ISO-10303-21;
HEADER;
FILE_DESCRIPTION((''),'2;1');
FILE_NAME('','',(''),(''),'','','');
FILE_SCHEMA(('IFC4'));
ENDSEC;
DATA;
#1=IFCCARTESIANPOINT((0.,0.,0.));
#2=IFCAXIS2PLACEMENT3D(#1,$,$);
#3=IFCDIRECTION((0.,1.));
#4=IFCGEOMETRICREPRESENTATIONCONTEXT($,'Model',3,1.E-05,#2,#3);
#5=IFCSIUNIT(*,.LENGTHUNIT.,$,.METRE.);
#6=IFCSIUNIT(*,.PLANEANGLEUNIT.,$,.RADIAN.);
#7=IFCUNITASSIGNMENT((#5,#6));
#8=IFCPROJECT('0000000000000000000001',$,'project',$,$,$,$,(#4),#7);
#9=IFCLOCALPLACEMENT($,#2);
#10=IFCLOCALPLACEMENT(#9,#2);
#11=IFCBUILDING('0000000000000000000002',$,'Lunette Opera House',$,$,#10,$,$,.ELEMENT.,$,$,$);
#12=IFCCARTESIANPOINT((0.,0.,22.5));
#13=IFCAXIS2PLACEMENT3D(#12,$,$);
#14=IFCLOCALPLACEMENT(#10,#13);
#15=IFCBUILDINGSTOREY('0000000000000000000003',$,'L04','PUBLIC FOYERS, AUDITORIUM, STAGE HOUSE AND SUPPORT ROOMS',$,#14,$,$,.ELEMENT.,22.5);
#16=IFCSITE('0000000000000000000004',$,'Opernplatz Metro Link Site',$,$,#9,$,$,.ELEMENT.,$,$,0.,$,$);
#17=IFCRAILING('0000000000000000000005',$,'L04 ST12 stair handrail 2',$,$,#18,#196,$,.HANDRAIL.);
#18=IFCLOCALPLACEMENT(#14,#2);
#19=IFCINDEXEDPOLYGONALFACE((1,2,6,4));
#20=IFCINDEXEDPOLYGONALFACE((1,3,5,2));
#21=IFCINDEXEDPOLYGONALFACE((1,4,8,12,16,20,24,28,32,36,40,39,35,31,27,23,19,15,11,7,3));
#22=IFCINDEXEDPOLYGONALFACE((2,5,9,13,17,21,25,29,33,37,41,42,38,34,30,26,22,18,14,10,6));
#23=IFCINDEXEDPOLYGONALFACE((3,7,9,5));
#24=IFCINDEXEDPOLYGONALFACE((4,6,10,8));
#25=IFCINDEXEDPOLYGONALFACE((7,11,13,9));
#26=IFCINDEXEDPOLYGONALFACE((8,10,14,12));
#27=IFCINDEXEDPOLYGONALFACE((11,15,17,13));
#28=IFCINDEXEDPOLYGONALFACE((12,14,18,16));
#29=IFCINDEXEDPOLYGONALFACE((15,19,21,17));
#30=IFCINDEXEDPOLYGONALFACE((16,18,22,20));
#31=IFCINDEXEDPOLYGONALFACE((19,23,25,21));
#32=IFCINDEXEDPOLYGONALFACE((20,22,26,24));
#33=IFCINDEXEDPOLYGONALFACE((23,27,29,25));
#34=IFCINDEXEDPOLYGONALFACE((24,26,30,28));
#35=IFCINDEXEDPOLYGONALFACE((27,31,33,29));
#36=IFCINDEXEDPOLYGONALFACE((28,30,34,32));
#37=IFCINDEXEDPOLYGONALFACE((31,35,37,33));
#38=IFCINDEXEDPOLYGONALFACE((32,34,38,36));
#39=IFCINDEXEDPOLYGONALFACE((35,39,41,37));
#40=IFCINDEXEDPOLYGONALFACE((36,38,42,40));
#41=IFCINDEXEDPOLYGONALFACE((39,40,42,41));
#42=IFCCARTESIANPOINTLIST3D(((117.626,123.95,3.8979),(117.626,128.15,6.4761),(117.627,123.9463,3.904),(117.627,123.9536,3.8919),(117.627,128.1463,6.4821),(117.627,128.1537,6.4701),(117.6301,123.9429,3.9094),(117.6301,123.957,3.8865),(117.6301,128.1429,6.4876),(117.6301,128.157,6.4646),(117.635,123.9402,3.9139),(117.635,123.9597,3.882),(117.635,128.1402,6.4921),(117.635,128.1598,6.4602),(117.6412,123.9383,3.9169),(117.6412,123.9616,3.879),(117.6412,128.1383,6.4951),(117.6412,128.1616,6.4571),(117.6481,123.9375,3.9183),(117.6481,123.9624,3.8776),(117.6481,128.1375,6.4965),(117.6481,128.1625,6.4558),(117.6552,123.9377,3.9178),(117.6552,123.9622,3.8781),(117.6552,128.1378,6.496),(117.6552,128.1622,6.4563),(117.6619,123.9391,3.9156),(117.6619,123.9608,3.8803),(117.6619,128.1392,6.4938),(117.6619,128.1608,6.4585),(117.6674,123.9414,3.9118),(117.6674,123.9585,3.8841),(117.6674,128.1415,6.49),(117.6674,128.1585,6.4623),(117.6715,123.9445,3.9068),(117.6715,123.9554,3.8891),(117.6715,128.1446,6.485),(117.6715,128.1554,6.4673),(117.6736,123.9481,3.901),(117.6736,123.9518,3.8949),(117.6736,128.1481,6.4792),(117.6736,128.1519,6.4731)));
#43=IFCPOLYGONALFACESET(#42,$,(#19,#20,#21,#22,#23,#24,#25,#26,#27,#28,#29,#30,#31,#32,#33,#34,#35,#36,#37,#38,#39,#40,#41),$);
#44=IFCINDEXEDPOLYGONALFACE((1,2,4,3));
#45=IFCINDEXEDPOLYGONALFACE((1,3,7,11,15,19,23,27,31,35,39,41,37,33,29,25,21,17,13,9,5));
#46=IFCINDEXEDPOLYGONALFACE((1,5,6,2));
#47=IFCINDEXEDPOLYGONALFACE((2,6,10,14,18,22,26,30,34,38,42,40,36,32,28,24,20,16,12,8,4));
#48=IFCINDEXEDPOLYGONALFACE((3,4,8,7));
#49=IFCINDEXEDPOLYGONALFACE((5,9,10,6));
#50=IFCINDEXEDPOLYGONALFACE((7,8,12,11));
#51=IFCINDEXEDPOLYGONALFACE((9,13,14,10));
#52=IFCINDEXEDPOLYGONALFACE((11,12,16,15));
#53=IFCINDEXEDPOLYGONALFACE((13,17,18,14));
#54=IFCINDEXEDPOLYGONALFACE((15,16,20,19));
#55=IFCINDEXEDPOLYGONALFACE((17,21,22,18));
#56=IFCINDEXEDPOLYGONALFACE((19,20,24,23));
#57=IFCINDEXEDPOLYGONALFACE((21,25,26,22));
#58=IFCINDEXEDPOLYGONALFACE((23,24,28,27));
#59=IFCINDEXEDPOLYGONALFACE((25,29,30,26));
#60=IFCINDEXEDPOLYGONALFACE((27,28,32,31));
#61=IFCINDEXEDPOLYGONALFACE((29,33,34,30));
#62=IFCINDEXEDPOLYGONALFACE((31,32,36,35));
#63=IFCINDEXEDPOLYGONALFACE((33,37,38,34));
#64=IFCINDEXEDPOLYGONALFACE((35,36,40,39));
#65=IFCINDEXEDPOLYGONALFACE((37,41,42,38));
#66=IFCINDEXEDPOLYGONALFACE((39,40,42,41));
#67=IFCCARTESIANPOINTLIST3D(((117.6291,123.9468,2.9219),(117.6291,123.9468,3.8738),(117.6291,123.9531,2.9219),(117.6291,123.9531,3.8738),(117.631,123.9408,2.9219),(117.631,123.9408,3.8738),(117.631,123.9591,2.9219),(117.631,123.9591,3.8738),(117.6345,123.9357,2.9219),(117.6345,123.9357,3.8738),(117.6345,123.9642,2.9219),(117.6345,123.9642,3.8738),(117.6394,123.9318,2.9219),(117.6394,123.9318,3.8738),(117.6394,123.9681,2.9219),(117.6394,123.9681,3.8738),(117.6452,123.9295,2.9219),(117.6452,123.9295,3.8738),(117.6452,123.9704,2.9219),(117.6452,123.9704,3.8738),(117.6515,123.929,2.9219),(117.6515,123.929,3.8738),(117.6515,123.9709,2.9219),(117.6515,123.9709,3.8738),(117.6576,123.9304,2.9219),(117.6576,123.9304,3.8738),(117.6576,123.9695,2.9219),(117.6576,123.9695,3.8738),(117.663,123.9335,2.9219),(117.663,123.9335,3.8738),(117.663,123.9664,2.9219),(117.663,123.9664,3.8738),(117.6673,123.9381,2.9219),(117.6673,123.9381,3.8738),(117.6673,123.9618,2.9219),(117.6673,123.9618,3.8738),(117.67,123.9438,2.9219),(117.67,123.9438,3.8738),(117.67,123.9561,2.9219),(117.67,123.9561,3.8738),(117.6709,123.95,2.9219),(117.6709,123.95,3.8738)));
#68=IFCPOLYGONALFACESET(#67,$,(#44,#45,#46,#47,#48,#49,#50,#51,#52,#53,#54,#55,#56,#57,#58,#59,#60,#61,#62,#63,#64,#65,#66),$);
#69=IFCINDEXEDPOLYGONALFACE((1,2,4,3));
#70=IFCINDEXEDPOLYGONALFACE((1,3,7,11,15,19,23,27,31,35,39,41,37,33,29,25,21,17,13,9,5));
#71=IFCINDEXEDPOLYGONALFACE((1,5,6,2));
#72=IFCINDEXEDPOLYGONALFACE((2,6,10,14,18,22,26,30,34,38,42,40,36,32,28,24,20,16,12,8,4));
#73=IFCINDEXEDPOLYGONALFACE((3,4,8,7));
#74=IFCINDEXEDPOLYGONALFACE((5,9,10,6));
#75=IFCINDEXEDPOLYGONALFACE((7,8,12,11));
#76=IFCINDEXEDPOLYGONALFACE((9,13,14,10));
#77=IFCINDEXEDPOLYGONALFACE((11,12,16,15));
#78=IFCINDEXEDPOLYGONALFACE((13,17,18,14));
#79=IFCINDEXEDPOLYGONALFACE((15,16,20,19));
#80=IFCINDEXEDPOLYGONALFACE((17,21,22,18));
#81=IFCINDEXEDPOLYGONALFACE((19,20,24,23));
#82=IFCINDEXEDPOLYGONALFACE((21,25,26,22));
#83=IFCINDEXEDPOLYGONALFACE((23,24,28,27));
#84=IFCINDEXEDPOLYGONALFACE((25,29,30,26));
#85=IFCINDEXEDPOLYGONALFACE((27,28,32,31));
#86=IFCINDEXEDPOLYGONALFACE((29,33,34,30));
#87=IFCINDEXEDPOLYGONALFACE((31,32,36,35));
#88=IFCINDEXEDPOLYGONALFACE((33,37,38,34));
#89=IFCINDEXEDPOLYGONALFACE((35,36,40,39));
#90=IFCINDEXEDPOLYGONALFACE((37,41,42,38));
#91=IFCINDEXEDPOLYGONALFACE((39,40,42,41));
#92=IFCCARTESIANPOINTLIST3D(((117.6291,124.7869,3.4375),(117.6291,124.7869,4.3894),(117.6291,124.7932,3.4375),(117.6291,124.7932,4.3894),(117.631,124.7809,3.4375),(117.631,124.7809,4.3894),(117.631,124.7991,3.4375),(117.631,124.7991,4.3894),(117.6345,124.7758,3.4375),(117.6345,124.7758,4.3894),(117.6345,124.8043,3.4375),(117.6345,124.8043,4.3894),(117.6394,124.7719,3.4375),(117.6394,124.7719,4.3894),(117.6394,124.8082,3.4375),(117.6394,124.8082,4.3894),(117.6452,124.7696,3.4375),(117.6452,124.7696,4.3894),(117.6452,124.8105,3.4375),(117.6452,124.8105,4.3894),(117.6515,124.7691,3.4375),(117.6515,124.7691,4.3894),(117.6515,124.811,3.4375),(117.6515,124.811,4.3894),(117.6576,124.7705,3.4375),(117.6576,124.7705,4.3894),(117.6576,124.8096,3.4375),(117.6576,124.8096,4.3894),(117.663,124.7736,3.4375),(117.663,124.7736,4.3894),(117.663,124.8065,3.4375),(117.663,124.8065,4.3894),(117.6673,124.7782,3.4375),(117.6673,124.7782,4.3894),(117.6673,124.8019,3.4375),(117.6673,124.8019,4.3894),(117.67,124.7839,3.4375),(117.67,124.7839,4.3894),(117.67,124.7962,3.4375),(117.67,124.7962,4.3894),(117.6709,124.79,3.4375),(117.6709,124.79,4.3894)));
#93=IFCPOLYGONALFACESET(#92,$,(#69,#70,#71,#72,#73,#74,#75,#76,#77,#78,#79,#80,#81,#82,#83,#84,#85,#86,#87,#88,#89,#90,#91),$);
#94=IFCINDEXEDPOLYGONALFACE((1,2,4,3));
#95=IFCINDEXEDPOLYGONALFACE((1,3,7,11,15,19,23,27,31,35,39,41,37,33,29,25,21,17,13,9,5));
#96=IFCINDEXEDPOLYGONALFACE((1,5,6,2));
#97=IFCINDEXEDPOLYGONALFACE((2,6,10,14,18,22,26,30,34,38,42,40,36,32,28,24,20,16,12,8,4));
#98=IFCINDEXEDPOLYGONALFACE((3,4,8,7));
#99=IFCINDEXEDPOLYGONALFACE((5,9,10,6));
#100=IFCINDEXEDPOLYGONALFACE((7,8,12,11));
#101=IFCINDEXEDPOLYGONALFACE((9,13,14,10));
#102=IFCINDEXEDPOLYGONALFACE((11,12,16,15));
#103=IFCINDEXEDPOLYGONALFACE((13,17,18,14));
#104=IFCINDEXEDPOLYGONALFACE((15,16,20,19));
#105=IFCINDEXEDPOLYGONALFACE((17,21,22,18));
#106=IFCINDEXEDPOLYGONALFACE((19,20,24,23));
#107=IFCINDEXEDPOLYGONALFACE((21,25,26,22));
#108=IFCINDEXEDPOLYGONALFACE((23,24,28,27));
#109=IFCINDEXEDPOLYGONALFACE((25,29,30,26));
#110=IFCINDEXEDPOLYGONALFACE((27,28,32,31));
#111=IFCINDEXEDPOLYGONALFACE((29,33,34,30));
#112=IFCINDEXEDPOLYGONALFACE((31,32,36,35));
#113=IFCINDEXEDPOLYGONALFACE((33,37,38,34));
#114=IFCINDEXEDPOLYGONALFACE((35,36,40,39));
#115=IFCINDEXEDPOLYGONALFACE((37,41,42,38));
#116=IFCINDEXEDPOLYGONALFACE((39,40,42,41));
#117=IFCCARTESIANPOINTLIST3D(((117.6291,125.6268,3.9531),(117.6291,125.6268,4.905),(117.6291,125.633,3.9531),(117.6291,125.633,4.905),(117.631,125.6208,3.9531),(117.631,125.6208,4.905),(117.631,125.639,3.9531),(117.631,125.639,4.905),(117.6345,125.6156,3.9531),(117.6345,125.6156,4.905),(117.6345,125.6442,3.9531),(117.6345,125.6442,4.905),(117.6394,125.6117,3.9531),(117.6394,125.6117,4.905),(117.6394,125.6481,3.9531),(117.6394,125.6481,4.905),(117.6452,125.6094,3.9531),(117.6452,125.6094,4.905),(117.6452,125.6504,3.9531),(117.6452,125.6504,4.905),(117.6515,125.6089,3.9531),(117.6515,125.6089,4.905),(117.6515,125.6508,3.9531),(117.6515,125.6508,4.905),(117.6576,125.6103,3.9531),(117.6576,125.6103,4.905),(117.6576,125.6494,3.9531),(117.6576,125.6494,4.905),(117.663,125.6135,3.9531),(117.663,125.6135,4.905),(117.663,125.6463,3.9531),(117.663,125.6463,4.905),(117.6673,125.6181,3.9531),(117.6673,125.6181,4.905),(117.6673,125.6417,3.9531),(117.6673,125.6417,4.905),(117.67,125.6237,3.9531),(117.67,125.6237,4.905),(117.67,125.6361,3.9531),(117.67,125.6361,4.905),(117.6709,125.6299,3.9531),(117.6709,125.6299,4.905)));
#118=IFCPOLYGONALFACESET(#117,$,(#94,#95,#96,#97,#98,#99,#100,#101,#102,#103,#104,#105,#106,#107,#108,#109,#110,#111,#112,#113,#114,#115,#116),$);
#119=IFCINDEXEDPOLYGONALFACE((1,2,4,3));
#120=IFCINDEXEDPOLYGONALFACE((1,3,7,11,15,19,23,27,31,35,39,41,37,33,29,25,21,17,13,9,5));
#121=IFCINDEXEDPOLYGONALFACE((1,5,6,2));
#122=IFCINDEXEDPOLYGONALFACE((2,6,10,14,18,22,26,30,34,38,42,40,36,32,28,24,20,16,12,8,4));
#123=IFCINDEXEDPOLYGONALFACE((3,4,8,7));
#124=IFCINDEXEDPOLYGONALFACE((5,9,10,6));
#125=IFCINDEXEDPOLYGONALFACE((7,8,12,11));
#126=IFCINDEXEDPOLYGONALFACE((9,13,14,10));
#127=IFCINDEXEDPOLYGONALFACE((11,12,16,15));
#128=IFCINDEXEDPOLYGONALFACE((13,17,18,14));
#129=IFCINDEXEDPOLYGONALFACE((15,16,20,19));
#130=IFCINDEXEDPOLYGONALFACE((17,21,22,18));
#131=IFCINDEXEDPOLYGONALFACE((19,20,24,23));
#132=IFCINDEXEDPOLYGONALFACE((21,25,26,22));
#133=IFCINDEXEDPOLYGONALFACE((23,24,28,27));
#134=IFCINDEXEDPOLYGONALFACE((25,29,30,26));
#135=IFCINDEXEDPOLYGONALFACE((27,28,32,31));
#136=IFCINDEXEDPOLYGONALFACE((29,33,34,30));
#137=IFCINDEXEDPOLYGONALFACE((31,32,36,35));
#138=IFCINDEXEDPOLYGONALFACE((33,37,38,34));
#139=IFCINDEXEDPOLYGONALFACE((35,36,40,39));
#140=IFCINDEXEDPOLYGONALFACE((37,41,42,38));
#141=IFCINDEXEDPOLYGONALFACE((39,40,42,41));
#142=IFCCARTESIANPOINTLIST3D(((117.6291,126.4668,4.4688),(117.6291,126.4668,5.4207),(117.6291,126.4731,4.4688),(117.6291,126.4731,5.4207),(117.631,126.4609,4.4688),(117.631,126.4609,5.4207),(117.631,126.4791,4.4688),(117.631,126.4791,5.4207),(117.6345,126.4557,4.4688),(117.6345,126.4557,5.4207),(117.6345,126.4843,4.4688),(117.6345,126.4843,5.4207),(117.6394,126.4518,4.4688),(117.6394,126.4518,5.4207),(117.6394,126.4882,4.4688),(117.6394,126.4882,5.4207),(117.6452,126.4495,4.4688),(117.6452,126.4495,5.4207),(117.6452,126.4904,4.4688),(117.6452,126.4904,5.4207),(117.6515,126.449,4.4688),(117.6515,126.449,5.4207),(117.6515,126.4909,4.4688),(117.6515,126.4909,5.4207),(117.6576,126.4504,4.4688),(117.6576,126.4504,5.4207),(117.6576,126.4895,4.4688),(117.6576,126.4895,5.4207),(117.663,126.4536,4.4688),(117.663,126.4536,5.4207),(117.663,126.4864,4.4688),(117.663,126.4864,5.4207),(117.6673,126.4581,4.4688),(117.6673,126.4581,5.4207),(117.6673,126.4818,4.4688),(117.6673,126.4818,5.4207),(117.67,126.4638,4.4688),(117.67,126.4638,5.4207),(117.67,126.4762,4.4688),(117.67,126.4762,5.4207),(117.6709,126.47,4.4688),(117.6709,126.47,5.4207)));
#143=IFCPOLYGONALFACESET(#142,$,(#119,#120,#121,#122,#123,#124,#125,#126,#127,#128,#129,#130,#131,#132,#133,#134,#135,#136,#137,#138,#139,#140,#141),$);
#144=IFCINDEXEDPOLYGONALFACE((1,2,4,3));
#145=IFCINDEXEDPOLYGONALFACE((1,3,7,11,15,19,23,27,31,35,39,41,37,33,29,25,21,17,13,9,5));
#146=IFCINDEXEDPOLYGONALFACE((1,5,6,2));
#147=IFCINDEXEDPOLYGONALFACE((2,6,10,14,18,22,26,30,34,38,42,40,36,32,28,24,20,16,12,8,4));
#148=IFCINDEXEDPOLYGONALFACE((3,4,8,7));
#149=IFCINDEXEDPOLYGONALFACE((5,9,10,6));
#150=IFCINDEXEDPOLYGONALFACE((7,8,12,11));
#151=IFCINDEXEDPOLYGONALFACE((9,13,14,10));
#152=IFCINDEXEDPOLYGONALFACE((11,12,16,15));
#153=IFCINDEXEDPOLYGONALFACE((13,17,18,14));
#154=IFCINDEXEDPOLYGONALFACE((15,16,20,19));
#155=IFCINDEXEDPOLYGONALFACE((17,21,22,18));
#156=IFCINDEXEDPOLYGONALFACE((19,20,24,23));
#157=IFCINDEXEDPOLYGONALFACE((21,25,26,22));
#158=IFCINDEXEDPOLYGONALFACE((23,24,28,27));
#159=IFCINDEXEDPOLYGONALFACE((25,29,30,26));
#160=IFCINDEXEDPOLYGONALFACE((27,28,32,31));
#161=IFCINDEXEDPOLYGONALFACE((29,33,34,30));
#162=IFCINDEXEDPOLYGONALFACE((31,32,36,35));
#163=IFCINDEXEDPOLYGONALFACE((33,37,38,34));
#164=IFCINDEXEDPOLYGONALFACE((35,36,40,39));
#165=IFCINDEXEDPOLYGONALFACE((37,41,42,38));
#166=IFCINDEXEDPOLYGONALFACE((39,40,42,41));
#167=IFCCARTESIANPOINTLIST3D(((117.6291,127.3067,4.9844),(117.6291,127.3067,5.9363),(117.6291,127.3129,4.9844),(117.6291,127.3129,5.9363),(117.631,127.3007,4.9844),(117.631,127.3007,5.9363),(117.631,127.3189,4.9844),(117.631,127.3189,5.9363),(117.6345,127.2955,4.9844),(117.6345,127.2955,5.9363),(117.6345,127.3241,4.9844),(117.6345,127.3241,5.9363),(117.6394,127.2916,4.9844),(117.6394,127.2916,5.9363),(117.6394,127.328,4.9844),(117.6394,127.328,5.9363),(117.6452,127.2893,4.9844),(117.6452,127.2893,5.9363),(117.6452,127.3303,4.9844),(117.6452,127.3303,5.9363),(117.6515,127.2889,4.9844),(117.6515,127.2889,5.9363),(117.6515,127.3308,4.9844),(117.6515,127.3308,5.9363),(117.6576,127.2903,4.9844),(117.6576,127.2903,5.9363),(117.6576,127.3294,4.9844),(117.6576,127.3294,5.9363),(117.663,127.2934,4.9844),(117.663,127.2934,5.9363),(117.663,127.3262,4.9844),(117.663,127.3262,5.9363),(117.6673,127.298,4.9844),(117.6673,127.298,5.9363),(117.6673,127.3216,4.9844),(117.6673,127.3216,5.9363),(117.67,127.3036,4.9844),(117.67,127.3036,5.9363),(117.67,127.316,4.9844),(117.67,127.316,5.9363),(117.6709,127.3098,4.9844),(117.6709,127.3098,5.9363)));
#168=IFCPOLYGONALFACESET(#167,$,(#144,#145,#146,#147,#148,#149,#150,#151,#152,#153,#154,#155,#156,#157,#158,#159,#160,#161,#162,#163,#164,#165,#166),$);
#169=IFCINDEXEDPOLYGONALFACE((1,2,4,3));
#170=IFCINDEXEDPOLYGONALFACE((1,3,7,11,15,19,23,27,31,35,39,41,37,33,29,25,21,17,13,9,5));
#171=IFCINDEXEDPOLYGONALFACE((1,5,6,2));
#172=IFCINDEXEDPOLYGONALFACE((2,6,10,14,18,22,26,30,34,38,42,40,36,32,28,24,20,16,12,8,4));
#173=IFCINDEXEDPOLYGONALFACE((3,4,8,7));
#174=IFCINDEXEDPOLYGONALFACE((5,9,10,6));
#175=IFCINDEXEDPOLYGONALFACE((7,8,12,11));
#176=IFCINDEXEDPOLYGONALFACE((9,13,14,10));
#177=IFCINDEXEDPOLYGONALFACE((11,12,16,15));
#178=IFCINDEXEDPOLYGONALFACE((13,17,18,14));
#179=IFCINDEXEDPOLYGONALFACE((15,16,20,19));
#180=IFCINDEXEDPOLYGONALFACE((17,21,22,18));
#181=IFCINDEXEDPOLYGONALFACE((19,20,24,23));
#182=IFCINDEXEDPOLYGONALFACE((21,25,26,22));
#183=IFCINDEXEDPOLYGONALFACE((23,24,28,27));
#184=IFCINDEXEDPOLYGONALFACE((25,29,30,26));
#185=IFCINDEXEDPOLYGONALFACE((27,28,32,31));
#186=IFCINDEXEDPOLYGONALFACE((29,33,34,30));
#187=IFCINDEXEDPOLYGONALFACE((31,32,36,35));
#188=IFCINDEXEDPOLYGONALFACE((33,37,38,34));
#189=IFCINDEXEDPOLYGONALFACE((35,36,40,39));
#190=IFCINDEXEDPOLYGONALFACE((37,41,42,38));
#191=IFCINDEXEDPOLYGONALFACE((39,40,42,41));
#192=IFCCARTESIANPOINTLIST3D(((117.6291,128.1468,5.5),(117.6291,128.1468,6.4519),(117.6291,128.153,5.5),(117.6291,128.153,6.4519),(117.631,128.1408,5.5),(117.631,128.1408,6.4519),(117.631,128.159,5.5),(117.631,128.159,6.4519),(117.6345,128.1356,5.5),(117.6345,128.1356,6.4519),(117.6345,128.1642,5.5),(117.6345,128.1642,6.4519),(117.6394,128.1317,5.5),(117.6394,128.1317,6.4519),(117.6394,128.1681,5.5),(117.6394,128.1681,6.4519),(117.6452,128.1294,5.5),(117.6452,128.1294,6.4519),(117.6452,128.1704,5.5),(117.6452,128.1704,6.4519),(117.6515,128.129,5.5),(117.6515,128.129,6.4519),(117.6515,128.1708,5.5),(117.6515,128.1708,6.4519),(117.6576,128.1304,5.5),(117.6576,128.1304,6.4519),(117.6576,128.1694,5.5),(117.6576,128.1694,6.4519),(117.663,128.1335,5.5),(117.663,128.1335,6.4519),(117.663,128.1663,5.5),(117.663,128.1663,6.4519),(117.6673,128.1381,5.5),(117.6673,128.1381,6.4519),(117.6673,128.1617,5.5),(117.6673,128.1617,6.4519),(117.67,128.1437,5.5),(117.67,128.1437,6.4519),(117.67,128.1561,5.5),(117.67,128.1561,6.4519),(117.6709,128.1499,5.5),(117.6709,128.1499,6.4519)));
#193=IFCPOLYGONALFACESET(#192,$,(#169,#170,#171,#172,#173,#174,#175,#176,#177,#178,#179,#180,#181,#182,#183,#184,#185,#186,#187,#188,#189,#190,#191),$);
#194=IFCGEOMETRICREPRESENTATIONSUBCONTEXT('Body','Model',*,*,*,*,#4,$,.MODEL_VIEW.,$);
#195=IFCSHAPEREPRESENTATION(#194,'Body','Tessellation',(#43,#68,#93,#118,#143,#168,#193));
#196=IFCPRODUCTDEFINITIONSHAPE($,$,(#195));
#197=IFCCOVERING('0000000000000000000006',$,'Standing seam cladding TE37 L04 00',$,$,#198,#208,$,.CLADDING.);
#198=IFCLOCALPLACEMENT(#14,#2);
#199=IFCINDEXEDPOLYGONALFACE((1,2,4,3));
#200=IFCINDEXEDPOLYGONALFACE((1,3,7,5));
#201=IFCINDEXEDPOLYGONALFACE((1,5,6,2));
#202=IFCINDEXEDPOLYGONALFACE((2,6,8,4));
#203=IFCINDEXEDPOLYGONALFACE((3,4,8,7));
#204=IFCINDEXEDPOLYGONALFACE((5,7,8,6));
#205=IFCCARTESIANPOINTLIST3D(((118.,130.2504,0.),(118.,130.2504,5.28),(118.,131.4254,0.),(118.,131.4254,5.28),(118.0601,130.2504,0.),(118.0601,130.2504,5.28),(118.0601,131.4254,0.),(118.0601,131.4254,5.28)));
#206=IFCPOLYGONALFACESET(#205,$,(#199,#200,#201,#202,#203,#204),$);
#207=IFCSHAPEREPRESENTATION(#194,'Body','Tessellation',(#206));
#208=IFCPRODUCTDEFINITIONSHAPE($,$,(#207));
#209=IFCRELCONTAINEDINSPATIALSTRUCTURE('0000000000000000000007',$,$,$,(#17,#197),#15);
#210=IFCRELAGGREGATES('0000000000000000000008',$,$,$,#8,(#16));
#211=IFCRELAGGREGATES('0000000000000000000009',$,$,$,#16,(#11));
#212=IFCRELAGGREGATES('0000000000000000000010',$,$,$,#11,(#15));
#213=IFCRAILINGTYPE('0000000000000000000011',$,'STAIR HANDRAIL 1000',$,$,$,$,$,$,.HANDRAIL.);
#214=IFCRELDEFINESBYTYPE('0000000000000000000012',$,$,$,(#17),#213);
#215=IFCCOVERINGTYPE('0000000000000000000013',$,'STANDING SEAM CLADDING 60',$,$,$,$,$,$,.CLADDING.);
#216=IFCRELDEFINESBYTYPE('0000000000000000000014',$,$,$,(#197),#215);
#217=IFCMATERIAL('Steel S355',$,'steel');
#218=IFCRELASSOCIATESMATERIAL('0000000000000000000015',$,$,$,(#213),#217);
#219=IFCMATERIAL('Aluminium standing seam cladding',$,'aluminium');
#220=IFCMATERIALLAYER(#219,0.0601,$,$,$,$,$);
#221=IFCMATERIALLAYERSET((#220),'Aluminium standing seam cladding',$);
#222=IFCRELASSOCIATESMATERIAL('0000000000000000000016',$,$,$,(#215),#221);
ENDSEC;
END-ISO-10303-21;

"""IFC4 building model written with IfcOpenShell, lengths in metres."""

from ifc_helpers import new_model, si_unit, direction, frame, origin, origin_2d, place, context, subcontext, project, spatial, rectangle, circle, extrude, material, layer, layer_set, type_object, element, save


model = new_model("IFC4")

# Units and contexts
model_context = context("Model", 3, precision=1e-05, world=origin(), true_north=direction((0.0, 1.0)))
body_context = subcontext(model_context, "Body", "Model", "MODEL_VIEW")
ifc_project = project(units=[si_unit("LENGTHUNIT", "METRE"), si_unit("PLANEANGLEUNIT", "RADIAN")], contexts=[model_context])

# Site, building, storey
site_placement = place(None, origin())
site = spatial("IfcSite", under=ifc_project, at=site_placement, Name="Opernplatz Metro Link Site", CompositionType="ELEMENT", RefElevation=0.0)
building_placement = place(site_placement, origin())
building = spatial("IfcBuilding", under=site, at=building_placement, Name="Lunette Opera House", CompositionType="ELEMENT")
storey_placement = place(building_placement, frame((0.0, 0.0, 22.5)))
storey = spatial("IfcBuildingStorey", under=building, at=storey_placement, Name="L04", Description="PUBLIC FOYERS, AUDITORIUM, STAGE HOUSE AND SUPPORT ROOMS", CompositionType="ELEMENT", Elevation=22.5)

# Railing
ifc_material_1 = material(Name="Steel S355", Category="steel")
railing_type_1 = type_object("IfcRailingType", Name="STAIR HANDRAIL 1000", PredefinedType="HANDRAIL", material=ifc_material_1)
railing_1_placement = place(storey_placement, frame((117.6499, 123.95, 2.9219)))
element("IfcRailing", 1, at=railing_1_placement, inside=storey, type_object=railing_type_1, Name="L04 ST12 stair handrail 2", PredefinedType="HANDRAIL", context=body_context, shape_type="SweptSolid", body=[
    extrude(circle(Radius=0.0239, at=origin_2d()), frame((0.0, 0.0, 0.9761), z_axis=(0.0, 0.852243, 0.523146), x_axis=(-1.0, 0.0, 0.0)), (0.0, 0.0, 1.0), 4.9282),
    extrude(circle(Radius=0.021, at=origin_2d()), origin(), (0.0, 0.0, 1.0), 0.9519),
    extrude(circle(Radius=0.021, at=origin_2d()), frame((0.0, 0.8401, 0.5156)), (0.0, 0.0, 1.0), 0.9519),
    extrude(circle(Radius=0.021, at=origin_2d()), frame((0.0, 1.6799, 1.0312)), (0.0, 0.0, 1.0), 0.9519),
    extrude(circle(Radius=0.021, at=origin_2d()), frame((0.0, 2.52, 1.5469)), (0.0, 0.0, 1.0), 0.9519),
    extrude(circle(Radius=0.021, at=origin_2d()), frame((0.0, 3.3599, 2.0625)), (0.0, 0.0, 1.0), 0.9519),
    extrude(circle(Radius=0.021, at=origin_2d()), frame((0.0, 4.2, 2.5781)), (0.0, 0.0, 1.0), 0.9519),
])

# Covering
ifc_material_2 = material(Name="Aluminium standing seam cladding", Category="aluminium")
ifc_layer_1 = layer(ifc_material_2, 0.0601)
ifc_layer_set_1 = layer_set([ifc_layer_1], Name="Aluminium standing seam cladding")
covering_type_1 = type_object("IfcCoveringType", Name="STANDING SEAM CLADDING 60", PredefinedType="CLADDING", material=ifc_layer_set_1)
covering_1_placement = place(storey_placement, frame((118.03, 130.8379, 0.0), z_axis=(0.0, 0.0, 1.0), x_axis=(0.0, 1.0, 0.0)))
element("IfcCovering", 2, at=covering_1_placement, inside=storey, type_object=covering_type_1, Name="Standing seam cladding TE37 L04 00", PredefinedType="CLADDING", context=body_context, shape_type="SweptSolid", body=[
    extrude(rectangle(XDim=1.175, YDim=0.0601, at=origin_2d()), origin(), (0.0, 0.0, 1.0), 5.28),
])

save(model, "model.ifc")
